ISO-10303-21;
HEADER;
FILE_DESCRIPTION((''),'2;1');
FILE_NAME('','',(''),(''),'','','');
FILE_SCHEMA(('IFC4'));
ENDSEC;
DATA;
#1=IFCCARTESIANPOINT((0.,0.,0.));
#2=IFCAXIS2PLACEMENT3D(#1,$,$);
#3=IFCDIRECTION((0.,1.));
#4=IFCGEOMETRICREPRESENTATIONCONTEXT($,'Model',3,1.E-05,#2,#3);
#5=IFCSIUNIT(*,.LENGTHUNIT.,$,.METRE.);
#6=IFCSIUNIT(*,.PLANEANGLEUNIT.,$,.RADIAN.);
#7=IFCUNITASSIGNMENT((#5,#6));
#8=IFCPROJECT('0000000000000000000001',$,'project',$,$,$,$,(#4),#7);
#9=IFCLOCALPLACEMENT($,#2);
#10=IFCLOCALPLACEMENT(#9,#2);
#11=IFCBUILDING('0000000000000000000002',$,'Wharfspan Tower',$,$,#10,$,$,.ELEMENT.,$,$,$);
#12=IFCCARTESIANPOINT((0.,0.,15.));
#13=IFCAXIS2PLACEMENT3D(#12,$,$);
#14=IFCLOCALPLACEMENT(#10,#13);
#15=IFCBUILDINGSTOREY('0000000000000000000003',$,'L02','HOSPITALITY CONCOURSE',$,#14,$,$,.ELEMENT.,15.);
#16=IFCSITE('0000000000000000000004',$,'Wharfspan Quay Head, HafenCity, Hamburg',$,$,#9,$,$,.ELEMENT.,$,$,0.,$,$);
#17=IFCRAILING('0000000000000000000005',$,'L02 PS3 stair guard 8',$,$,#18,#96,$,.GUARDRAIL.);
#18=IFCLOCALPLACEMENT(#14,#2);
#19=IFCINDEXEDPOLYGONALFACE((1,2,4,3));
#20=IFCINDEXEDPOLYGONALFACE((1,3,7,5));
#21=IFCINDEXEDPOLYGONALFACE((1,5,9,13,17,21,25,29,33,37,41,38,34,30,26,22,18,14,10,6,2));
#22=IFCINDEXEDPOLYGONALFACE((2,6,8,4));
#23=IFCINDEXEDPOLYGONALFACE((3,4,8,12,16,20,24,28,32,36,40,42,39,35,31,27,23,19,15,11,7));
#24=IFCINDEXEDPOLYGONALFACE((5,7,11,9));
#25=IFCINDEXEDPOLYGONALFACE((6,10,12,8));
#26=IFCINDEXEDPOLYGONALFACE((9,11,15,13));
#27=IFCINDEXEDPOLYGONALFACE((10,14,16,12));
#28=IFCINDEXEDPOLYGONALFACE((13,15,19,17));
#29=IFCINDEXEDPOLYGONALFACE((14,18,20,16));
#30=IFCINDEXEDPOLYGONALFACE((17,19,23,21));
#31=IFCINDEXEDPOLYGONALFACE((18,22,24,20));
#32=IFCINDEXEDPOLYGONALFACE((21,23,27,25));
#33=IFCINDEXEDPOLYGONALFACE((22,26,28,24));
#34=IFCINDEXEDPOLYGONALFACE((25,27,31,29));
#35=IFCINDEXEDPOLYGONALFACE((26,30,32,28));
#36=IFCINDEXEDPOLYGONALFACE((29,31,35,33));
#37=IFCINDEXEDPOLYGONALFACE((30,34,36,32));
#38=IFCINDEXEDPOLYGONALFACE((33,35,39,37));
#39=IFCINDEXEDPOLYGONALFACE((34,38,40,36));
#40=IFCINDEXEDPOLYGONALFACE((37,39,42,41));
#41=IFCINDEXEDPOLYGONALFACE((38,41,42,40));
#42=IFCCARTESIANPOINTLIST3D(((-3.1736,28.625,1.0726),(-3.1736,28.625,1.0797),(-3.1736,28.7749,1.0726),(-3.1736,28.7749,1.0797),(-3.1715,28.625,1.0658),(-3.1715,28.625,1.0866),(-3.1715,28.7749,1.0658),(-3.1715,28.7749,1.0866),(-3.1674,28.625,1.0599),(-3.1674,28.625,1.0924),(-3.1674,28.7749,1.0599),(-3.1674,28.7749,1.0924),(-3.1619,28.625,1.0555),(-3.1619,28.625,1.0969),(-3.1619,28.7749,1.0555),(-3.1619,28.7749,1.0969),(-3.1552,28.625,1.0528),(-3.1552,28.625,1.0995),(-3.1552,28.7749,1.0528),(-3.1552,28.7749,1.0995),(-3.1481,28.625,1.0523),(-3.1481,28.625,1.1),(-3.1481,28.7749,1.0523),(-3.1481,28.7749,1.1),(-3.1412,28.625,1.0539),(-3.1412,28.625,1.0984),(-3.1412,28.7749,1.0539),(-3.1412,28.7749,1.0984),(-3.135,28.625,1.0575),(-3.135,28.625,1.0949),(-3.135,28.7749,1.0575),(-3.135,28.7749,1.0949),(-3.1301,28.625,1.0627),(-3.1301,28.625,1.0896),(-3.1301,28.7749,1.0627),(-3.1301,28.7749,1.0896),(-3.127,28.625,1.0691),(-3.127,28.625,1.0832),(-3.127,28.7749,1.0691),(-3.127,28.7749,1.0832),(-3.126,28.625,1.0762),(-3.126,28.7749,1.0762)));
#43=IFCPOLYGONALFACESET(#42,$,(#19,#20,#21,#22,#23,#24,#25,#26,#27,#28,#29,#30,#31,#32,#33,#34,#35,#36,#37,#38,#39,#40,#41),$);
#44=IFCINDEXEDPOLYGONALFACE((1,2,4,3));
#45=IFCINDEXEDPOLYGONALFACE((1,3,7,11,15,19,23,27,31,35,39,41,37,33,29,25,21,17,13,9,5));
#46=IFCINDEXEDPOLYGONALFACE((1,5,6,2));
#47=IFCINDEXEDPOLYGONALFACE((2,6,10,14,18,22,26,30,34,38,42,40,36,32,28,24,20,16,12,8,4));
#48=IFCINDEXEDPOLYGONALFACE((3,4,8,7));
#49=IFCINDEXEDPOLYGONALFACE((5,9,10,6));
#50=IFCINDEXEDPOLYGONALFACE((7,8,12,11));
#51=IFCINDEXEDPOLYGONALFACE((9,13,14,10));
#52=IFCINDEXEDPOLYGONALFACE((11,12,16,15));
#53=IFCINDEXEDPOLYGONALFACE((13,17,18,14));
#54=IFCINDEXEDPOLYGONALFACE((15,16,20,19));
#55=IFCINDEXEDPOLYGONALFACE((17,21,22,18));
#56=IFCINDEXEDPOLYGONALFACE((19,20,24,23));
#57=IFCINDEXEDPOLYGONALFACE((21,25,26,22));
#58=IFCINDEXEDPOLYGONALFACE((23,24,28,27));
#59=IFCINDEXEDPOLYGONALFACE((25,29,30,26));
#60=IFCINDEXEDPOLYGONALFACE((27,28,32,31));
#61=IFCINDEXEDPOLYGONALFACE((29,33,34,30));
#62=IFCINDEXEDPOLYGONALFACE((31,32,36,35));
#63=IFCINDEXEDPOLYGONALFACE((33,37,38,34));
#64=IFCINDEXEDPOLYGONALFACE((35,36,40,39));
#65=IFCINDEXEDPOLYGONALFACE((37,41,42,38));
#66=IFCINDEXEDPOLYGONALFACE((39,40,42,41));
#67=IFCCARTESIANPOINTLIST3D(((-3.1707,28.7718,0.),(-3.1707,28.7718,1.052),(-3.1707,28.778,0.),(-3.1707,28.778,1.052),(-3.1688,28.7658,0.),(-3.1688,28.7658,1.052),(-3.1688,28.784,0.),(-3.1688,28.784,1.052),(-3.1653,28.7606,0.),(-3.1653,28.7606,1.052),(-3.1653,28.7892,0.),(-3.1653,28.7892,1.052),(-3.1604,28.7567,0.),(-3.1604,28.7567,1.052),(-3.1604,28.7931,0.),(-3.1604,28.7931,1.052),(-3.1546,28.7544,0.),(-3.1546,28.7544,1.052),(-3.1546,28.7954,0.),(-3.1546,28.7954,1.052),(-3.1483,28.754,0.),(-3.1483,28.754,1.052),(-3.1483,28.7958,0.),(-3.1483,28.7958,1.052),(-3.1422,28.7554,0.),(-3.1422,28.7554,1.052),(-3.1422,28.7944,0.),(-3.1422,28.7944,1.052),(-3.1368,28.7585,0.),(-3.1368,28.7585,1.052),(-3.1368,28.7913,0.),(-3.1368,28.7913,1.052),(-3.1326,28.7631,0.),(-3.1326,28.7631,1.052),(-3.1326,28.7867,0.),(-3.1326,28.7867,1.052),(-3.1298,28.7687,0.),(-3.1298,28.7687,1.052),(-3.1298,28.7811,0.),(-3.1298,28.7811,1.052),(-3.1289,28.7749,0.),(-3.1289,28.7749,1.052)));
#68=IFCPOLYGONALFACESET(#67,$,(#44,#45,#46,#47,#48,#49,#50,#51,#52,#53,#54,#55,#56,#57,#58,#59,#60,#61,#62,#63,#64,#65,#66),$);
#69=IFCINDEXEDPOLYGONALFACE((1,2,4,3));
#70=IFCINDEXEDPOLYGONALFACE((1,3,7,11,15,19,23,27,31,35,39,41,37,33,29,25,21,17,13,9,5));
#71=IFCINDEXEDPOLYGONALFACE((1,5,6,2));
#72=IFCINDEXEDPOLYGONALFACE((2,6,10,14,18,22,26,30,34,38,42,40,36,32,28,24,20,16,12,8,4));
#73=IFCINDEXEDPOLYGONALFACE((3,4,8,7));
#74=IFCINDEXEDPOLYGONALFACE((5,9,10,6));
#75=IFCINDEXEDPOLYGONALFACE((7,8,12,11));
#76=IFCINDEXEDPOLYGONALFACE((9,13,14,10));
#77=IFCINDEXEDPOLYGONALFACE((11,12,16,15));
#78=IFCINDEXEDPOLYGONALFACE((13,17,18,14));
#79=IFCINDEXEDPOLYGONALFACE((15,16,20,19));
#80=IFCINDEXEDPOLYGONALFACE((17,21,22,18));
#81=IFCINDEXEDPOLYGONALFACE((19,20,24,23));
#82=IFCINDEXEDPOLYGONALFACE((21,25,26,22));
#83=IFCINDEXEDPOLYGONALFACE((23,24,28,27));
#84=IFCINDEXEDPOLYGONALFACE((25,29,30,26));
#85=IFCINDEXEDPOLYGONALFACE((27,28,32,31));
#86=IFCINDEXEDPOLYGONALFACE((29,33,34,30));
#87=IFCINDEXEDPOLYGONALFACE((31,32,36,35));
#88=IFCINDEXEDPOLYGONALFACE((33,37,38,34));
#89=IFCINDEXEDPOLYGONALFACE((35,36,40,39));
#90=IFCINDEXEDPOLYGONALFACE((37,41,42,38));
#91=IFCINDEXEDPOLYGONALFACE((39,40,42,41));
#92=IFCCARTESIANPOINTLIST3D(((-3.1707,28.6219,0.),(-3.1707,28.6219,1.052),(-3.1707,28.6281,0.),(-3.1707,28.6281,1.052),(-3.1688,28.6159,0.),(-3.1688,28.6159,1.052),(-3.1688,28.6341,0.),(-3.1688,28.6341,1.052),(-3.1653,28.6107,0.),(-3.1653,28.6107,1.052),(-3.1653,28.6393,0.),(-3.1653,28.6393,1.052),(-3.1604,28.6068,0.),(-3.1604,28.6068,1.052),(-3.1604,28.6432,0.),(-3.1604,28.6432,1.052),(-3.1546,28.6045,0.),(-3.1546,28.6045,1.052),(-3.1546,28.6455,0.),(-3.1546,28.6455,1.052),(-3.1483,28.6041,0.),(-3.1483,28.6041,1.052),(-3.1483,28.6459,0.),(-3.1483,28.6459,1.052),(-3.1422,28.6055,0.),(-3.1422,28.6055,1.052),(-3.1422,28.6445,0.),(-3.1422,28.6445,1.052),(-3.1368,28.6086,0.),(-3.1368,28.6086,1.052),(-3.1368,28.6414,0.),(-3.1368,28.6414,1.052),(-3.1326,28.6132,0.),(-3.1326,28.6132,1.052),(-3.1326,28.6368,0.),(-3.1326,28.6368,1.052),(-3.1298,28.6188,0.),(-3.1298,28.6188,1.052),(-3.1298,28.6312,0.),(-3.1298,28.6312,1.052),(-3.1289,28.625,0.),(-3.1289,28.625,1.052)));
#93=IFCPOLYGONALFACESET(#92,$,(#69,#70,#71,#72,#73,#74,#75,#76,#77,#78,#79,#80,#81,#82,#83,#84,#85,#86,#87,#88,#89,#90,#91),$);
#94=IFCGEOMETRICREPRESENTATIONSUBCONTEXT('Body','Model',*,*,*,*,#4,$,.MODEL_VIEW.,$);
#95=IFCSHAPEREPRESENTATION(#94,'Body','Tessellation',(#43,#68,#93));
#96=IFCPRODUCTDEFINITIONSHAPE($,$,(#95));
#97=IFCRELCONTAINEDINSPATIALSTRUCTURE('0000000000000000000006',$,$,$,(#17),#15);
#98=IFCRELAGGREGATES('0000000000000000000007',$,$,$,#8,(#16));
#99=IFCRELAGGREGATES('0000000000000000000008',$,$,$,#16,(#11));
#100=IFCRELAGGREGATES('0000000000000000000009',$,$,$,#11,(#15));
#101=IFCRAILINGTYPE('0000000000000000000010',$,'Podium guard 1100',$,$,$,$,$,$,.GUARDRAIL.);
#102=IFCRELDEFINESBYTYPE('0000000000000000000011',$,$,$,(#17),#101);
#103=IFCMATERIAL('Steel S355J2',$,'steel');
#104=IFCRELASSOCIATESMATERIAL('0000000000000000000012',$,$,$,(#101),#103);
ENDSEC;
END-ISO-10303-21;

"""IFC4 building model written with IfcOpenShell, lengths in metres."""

from ifc_helpers import new_model, si_unit, direction, frame, origin, origin_2d, place, context, subcontext, project, spatial, circle, extrude, material, type_object, element, save


model = new_model("IFC4")

# Units and contexts
model_context = context("Model", 3, precision=1e-05, world=origin(), true_north=direction((0.0, 1.0)))
body_context = subcontext(model_context, "Body", "Model", "MODEL_VIEW")
ifc_project = project(units=[si_unit("LENGTHUNIT", "METRE"), si_unit("PLANEANGLEUNIT", "RADIAN")], contexts=[model_context])

# Site, building, storey
site_placement = place(None, origin())
site = spatial("IfcSite", under=ifc_project, at=site_placement, Name="Wharfspan Quay Head, HafenCity, Hamburg", CompositionType="ELEMENT", RefElevation=0.0)
building_placement = place(site_placement, origin())
building = spatial("IfcBuilding", under=site, at=building_placement, Name="Wharfspan Tower", CompositionType="ELEMENT")
storey_placement = place(building_placement, frame((0.0, 0.0, 15.0)))
storey = spatial("IfcBuildingStorey", under=building, at=storey_placement, Name="L02", Description="HOSPITALITY CONCOURSE", CompositionType="ELEMENT", Elevation=15.0)

# Railing
ifc_material_1 = material(Name="Steel S355J2", Category="steel")
railing_type = type_object("IfcRailingType", Name="Podium guard 1100", PredefinedType="GUARDRAIL", material=ifc_material_1)
for number, where, name in (
    (1, (-3.1499, 28.7749, 0.0), "L02 PS3 stair guard 8"),
):
    element("IfcRailing", number, at=place(storey_placement, frame(where)), inside=storey, type_object=railing_type, Name=name, PredefinedType="GUARDRAIL", context=body_context, shape_type="SweptSolid", body=[
        extrude(circle(Radius=0.0239, at=origin_2d()), frame((0.0, 0.0, 1.0762), z_axis=(0.0, -1.0, 0.0), x_axis=(1.0, 0.0, 0.0)), (0.0, 0.0, 1.0), 0.1499),
        extrude(circle(Radius=0.021, at=origin_2d()), origin(), (0.0, 0.0, 1.0), 1.052),
        extrude(circle(Radius=0.021, at=origin_2d()), frame((0.0, -0.1499, 0.0)), (0.0, 0.0, 1.0), 1.052),
    ])

save(model, "model.ifc")
